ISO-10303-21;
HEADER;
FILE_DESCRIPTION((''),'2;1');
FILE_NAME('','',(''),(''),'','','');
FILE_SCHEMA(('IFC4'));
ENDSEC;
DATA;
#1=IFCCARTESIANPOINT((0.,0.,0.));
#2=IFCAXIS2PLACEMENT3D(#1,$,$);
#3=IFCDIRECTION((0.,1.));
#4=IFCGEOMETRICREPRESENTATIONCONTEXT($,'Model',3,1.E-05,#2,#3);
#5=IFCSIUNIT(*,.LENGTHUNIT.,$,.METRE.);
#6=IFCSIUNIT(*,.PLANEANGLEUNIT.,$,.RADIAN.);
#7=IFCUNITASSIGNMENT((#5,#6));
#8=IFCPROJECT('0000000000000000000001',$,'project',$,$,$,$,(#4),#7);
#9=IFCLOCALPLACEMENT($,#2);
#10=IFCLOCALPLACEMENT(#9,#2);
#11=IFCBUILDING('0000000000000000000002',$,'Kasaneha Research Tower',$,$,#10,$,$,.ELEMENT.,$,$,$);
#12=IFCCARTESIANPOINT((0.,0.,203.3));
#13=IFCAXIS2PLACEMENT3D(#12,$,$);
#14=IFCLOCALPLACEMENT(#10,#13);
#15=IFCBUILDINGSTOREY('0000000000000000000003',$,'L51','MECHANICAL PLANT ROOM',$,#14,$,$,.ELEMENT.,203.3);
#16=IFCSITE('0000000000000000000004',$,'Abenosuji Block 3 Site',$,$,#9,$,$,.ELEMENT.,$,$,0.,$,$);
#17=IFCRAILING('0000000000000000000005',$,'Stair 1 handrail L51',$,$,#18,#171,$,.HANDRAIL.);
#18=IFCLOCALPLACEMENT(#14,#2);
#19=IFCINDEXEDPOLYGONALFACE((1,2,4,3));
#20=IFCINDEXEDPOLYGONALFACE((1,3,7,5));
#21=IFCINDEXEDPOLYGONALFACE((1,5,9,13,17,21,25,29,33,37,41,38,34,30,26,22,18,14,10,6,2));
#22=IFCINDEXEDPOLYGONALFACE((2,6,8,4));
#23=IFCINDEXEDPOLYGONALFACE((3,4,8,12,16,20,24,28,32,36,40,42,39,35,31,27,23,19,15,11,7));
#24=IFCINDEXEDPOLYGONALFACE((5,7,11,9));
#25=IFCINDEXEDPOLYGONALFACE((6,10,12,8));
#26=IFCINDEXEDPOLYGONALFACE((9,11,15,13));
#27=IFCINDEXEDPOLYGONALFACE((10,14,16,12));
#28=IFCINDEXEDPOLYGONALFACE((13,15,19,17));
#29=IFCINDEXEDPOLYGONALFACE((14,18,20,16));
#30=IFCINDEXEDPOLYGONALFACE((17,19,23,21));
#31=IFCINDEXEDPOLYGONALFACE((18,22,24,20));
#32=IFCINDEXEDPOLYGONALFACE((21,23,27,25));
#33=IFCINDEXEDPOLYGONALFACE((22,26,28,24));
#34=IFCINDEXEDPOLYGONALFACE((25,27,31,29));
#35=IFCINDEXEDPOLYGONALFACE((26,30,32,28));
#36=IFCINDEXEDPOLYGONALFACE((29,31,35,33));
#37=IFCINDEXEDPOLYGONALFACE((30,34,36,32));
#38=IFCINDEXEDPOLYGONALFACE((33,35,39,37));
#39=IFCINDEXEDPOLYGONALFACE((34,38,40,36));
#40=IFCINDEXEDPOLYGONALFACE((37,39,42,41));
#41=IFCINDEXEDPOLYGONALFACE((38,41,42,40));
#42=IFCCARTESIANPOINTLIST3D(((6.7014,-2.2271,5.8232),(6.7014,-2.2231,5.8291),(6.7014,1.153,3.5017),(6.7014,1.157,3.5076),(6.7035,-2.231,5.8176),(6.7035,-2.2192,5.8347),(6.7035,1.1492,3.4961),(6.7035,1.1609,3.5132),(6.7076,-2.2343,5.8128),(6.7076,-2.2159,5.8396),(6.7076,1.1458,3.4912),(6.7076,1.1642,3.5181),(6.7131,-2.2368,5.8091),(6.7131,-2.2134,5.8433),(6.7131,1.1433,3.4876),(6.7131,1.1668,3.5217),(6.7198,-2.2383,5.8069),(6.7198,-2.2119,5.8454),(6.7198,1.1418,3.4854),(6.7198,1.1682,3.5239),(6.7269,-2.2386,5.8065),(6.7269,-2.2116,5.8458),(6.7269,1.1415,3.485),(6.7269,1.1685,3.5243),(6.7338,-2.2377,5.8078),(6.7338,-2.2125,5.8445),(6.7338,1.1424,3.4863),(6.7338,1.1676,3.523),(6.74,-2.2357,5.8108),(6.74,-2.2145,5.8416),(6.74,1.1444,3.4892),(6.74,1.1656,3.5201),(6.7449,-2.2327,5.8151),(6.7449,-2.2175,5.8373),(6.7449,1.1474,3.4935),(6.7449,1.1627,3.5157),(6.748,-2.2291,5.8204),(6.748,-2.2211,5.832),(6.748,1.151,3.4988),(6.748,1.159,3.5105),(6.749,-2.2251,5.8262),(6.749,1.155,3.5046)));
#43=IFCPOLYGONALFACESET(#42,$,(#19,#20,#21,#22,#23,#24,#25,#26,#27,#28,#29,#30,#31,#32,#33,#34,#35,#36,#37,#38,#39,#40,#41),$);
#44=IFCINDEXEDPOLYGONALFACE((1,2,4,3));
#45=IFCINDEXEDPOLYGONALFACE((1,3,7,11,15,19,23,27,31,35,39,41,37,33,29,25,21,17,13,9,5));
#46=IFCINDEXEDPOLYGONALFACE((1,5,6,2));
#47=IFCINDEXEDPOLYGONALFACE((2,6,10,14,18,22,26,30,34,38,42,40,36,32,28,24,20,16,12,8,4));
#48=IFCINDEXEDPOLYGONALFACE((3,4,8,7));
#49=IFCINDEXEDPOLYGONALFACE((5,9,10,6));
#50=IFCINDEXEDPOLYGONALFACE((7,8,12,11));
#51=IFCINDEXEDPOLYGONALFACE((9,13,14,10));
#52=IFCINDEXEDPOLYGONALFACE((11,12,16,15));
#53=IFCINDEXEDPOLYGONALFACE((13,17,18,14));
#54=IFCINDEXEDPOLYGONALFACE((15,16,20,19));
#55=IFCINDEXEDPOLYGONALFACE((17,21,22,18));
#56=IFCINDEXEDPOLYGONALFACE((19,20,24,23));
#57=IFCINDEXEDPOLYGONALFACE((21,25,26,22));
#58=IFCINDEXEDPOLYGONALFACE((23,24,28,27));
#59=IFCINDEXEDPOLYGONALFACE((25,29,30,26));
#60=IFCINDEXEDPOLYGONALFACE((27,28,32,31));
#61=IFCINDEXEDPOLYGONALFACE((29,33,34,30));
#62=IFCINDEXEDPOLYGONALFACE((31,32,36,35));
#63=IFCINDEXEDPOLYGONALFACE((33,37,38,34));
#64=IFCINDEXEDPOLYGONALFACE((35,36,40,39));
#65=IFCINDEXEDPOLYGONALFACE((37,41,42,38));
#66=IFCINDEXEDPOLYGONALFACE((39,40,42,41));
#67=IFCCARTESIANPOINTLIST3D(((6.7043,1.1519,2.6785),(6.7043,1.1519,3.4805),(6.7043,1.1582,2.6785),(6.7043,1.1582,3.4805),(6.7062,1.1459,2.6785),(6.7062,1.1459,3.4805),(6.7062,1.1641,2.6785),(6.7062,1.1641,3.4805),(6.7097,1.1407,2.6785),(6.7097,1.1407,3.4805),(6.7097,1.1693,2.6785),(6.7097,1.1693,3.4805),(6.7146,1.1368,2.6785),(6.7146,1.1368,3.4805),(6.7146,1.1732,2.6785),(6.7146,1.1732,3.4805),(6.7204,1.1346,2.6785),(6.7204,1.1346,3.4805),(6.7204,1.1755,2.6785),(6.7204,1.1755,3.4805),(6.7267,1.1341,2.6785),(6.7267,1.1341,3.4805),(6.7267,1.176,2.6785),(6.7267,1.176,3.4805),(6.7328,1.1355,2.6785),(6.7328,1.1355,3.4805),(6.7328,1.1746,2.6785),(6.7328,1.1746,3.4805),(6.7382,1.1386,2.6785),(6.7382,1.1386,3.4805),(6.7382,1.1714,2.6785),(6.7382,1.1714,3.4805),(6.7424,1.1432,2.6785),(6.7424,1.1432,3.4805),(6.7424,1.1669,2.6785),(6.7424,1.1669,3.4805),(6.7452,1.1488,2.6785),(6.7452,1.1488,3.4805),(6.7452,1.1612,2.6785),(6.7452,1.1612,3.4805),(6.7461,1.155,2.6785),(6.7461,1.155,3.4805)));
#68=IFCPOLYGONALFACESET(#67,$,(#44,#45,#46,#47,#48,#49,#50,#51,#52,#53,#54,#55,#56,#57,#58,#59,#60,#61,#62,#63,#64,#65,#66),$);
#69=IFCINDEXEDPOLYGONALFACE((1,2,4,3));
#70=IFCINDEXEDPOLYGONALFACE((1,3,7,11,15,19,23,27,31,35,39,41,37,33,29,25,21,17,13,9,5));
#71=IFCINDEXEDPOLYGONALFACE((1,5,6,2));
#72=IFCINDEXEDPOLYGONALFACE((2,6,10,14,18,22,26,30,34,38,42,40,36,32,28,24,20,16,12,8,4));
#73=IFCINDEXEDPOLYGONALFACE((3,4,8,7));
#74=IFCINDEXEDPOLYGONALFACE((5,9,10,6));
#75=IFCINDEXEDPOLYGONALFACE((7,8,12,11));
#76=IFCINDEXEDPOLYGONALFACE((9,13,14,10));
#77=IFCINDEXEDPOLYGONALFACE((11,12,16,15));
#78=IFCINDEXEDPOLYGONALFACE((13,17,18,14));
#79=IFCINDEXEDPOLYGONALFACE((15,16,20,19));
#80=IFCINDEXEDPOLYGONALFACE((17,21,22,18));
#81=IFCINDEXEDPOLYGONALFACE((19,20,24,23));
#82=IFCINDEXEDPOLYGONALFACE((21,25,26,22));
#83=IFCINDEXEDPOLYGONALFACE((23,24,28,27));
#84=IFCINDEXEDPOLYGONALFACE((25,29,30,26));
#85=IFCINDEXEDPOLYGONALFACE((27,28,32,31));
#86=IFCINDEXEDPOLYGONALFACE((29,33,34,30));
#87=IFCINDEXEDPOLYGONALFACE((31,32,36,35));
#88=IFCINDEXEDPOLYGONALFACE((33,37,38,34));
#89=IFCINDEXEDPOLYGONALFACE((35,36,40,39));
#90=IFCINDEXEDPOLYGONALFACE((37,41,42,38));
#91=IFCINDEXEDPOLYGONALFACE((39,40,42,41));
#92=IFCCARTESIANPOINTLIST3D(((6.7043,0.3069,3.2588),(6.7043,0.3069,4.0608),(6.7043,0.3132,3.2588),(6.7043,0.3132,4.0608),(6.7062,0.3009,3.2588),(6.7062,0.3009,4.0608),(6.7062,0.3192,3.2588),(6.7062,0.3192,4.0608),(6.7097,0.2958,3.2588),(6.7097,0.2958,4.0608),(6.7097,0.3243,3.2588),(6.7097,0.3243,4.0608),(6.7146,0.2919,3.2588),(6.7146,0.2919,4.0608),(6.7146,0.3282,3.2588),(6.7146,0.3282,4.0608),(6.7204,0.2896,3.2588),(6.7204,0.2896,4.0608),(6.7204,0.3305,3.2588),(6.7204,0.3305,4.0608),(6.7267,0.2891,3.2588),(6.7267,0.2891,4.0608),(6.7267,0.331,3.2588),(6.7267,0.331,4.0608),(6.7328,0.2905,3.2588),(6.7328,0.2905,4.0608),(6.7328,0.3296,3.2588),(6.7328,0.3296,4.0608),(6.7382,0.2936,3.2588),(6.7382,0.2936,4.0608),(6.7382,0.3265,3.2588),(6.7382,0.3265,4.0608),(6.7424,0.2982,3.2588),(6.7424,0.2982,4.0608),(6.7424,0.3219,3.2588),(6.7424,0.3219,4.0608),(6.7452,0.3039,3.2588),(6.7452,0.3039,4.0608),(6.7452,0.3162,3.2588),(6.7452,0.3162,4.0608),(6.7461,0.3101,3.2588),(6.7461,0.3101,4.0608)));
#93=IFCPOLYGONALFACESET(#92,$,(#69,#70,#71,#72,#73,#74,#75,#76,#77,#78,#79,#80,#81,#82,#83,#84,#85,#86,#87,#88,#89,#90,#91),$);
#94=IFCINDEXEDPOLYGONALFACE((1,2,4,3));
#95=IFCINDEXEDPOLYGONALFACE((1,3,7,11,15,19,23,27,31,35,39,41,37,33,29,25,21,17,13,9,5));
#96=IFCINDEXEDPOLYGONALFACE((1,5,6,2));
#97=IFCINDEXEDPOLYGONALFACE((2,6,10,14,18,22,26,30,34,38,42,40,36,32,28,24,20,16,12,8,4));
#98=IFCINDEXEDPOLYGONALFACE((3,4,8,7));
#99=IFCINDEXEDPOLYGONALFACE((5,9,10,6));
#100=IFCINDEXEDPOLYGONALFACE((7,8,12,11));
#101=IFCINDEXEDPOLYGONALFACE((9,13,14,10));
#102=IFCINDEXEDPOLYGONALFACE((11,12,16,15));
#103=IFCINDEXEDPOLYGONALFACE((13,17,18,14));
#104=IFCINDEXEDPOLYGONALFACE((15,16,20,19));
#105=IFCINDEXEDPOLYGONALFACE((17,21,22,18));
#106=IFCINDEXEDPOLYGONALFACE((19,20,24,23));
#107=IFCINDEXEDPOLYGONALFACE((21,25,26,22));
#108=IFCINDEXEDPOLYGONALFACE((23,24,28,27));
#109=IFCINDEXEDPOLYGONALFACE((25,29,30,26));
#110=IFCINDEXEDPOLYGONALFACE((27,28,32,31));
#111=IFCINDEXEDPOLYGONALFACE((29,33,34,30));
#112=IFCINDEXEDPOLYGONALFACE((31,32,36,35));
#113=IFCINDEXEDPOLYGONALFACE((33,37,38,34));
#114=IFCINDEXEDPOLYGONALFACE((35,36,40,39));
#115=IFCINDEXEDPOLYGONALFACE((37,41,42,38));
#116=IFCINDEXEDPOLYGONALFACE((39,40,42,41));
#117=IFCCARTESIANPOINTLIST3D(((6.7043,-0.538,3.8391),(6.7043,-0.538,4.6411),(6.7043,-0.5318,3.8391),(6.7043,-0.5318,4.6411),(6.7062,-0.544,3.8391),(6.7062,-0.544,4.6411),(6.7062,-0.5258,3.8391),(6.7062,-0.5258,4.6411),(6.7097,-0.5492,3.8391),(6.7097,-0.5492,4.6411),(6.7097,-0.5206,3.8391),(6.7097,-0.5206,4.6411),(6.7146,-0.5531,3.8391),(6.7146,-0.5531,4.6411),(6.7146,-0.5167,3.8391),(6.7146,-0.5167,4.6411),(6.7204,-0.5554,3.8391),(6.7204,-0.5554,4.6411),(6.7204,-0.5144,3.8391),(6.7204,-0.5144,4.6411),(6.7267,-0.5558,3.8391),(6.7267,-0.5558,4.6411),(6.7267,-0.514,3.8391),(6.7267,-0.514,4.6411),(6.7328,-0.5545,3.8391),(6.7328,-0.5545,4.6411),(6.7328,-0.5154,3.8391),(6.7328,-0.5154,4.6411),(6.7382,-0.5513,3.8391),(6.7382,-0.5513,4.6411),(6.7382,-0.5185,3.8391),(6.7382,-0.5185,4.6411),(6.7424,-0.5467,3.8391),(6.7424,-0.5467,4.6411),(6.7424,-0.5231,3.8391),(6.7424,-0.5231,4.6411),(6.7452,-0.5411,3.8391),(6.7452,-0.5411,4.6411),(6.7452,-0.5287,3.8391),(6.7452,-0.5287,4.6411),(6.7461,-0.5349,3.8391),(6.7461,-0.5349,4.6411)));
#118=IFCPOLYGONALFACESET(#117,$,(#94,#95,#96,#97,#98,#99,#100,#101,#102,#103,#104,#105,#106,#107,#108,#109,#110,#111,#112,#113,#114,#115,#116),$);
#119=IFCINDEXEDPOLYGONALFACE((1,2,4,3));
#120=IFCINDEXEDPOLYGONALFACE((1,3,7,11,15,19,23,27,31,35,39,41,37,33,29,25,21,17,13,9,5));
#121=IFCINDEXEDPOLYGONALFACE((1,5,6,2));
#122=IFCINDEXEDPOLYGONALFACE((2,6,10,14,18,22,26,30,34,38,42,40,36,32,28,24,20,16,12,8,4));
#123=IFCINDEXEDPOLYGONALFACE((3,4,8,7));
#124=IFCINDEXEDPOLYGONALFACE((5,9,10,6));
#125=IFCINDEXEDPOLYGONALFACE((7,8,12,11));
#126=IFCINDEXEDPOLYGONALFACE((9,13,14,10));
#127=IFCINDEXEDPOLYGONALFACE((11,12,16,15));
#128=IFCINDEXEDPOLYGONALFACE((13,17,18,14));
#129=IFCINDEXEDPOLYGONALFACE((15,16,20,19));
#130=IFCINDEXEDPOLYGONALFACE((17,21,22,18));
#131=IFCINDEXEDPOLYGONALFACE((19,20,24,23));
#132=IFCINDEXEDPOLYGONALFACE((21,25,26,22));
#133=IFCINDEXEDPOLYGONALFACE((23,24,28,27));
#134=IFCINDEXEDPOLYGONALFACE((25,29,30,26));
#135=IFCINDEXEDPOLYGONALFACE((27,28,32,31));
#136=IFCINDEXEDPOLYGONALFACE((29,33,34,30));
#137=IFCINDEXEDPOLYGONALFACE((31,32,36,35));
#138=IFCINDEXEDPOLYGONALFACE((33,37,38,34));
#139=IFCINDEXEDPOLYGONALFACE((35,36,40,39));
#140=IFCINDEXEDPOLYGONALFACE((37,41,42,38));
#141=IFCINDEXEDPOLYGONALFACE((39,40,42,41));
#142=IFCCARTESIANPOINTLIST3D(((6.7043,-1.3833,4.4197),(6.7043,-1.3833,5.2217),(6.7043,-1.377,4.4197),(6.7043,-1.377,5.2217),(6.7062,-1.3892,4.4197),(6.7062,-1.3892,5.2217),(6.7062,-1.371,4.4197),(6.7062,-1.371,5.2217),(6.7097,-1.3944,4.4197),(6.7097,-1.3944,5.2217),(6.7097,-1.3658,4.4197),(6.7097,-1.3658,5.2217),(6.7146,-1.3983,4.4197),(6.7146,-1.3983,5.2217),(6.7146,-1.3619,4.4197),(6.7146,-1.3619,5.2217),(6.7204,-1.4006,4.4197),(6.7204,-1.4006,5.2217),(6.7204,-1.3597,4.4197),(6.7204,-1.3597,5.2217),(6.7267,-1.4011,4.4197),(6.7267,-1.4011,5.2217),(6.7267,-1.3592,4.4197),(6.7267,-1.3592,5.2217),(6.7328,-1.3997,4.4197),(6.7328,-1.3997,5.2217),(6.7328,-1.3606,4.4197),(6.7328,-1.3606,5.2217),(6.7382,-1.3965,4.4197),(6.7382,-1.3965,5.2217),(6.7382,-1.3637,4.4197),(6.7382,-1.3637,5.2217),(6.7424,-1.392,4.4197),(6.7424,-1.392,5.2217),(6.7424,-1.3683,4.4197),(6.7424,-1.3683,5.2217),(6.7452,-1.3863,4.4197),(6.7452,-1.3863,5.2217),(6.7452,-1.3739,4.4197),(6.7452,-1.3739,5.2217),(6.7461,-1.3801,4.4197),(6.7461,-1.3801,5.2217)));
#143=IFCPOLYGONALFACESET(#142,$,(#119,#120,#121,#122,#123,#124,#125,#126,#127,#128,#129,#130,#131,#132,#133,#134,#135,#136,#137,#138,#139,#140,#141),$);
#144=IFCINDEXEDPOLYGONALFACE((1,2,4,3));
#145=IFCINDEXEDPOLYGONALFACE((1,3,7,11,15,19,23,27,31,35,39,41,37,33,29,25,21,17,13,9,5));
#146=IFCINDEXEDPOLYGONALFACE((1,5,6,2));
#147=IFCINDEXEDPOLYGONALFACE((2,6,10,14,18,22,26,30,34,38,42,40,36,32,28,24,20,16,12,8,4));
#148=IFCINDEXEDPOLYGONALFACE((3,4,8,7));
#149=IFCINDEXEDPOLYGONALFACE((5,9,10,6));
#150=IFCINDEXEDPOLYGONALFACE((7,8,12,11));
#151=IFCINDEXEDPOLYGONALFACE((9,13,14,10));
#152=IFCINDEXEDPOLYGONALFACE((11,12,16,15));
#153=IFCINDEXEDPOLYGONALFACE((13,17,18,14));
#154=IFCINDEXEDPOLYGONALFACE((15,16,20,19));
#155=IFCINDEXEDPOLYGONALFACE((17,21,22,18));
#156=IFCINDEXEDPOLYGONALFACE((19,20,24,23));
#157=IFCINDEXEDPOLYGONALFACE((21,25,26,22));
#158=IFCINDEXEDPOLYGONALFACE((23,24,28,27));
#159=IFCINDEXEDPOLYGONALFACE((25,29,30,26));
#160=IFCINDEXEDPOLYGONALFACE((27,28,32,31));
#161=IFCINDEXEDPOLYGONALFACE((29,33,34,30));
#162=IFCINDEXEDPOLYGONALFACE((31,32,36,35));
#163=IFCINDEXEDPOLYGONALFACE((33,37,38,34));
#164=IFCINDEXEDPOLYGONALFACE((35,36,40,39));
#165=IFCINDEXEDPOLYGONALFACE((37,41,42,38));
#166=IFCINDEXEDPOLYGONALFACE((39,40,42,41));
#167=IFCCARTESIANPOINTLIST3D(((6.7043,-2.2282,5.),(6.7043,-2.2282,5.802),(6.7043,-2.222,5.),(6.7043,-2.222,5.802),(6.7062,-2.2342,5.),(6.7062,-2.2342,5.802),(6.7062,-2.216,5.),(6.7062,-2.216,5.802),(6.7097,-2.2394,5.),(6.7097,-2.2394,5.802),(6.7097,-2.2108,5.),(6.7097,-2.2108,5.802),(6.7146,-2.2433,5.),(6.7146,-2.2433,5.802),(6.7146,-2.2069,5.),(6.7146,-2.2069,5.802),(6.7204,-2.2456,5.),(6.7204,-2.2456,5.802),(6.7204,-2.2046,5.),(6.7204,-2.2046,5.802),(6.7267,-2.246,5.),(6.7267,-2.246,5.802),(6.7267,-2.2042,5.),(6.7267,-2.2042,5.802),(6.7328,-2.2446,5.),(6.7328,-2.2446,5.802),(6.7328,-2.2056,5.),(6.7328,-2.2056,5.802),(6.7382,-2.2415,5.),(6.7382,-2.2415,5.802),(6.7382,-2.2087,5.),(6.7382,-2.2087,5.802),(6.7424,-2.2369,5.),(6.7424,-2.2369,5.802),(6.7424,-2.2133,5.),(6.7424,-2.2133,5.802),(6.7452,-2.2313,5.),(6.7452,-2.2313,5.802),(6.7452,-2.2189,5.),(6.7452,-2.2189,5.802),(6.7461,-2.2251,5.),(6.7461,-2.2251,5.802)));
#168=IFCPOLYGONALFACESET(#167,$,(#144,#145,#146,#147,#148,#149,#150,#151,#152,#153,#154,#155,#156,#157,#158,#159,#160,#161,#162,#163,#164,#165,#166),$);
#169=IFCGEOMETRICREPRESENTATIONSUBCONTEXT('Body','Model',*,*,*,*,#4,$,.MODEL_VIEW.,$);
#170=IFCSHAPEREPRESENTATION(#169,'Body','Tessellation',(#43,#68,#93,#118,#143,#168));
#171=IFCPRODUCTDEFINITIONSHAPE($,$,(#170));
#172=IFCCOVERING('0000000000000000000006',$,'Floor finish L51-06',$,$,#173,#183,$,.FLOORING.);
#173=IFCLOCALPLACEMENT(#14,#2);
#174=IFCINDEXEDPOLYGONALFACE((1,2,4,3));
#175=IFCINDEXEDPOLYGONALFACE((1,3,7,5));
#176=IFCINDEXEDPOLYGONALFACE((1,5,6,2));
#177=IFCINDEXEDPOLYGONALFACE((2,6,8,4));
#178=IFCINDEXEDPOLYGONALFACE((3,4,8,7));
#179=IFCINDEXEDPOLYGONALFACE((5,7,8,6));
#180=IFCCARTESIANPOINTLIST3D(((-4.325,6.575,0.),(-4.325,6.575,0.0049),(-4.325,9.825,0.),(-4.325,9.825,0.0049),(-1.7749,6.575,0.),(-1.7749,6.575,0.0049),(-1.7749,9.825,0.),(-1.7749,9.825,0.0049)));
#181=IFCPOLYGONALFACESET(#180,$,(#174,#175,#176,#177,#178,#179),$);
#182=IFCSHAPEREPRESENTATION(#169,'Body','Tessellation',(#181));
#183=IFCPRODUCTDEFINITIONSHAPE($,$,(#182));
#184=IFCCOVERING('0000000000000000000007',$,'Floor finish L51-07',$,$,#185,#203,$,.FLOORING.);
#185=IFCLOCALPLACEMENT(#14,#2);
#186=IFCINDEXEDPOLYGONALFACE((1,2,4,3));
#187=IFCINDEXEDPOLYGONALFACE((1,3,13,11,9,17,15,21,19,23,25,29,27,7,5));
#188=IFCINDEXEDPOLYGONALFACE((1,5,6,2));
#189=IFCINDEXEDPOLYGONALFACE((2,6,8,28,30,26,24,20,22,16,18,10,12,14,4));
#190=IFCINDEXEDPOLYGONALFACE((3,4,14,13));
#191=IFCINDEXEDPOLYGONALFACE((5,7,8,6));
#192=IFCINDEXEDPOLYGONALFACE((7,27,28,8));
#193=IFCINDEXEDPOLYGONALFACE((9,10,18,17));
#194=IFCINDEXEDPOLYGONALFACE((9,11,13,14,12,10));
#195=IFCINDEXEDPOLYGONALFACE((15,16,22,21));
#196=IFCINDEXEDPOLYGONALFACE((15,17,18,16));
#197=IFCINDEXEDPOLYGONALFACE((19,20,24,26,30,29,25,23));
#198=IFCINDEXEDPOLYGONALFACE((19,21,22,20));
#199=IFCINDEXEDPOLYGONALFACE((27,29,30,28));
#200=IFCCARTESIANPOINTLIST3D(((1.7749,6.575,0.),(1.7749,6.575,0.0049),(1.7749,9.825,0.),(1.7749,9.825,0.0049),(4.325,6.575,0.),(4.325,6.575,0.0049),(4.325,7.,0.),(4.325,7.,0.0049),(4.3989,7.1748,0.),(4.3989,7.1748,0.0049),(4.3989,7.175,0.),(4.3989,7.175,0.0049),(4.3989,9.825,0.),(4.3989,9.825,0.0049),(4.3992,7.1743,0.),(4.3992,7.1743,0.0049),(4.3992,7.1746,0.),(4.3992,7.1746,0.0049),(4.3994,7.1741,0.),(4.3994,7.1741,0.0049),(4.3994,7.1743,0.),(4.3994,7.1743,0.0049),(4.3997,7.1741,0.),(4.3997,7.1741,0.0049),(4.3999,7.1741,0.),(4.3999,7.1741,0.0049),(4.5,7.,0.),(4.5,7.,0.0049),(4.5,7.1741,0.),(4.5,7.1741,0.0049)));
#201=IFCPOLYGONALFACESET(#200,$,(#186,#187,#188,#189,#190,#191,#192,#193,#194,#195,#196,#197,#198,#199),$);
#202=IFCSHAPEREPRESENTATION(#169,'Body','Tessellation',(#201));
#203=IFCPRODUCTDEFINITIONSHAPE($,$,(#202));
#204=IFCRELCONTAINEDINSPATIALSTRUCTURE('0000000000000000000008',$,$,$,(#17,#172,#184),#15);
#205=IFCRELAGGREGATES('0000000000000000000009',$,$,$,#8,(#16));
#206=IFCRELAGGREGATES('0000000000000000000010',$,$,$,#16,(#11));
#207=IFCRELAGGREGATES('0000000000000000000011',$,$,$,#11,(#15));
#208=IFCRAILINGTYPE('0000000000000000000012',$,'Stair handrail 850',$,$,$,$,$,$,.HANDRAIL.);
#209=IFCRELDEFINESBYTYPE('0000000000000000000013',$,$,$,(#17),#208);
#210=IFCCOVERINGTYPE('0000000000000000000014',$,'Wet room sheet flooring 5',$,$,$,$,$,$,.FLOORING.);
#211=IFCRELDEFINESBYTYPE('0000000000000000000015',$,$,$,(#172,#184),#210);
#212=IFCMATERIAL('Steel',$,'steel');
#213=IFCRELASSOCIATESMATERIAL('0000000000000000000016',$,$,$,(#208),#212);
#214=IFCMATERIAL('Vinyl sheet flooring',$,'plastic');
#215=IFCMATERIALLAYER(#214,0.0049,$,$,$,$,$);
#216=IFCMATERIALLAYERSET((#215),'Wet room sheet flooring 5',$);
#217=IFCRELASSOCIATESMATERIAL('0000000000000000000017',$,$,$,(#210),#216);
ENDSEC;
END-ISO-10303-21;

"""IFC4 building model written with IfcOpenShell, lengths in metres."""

from ifc_helpers import new_model, si_unit, direction, frame, origin, origin_2d, place, context, subcontext, project, spatial, polyline, circle, outline, extrude, material, layer, layer_set, type_object, element, save


model = new_model("IFC4")

# Units and contexts
model_context = context("Model", 3, precision=1e-05, world=origin(), true_north=direction((0.0, 1.0)))
body_context = subcontext(model_context, "Body", "Model", "MODEL_VIEW")
ifc_project = project(units=[si_unit("LENGTHUNIT", "METRE"), si_unit("PLANEANGLEUNIT", "RADIAN")], contexts=[model_context])

# Site, building, storey
site_placement = place(None, origin())
site = spatial("IfcSite", under=ifc_project, at=site_placement, Name="Abenosuji Block 3 Site", CompositionType="ELEMENT", RefElevation=0.0)
building_placement = place(site_placement, origin())
building = spatial("IfcBuilding", under=site, at=building_placement, Name="Kasaneha Research Tower", CompositionType="ELEMENT")
storey_placement = place(building_placement, frame((0.0, 0.0, 203.3)))
storey = spatial("IfcBuildingStorey", under=building, at=storey_placement, Name="L51", Description="MECHANICAL PLANT ROOM", CompositionType="ELEMENT", Elevation=203.3)

# Railing
ifc_material_1 = material(Name="Steel", Category="steel")
railing_type_1 = type_object("IfcRailingType", Name="Stair handrail 850", PredefinedType="HANDRAIL", material=ifc_material_1)
railing_1_placement = place(storey_placement, frame((6.7251, 1.155, 2.6785)))
element("IfcRailing", 1, at=railing_1_placement, inside=storey, type_object=railing_type_1, Name="Stair 1 handrail L51", PredefinedType="HANDRAIL", context=body_context, shape_type="SweptSolid", body=[
    extrude(circle(Radius=0.0239, at=origin_2d()), frame((0.0, 0.0, 0.8262), z_axis=(0.0, -0.824304, 0.566147), x_axis=(1.0, 0.0, 0.0)), (0.0, 0.0, 1.0), 4.1006),
    extrude(circle(Radius=0.021, at=origin_2d()), origin(), (0.0, 0.0, 1.0), 0.802),
    extrude(circle(Radius=0.021, at=origin_2d()), frame((0.0, -0.845, 0.5803)), (0.0, 0.0, 1.0), 0.802),
    extrude(circle(Radius=0.021, at=origin_2d()), frame((0.0, -1.6899, 1.1606)), (0.0, 0.0, 1.0), 0.802),
    extrude(circle(Radius=0.021, at=origin_2d()), frame((0.0, -2.5352, 1.7412)), (0.0, 0.0, 1.0), 0.802),
    extrude(circle(Radius=0.021, at=origin_2d()), frame((0.0, -3.3801, 2.3215)), (0.0, 0.0, 1.0), 0.802),
])

# Coverings
ifc_material_2 = material(Name="Vinyl sheet flooring", Category="plastic")
ifc_layer_1 = layer(ifc_material_2, 0.0049)
ifc_layer_set_1 = layer_set([ifc_layer_1], Name="Wet room sheet flooring 5")
covering_type = type_object("IfcCoveringType", Name="Wet room sheet flooring 5", PredefinedType="FLOORING", material=ifc_layer_set_1)
covering_1_placement = place(storey_placement, origin())
element("IfcCovering", 2, at=covering_1_placement, inside=storey, type_object=covering_type, Name="Floor finish L51-06", PredefinedType="FLOORING", context=body_context, shape_type="SweptSolid", body=[
    extrude(outline(polyline([(-1.7749, 9.825), (-1.7749, 6.575), (-4.325, 6.575), (-4.325, 9.825), (-1.7749, 9.825)])), origin(), (0.0, 0.0, 1.0), 0.0049),
])
covering_2_placement = place(storey_placement, origin())
element("IfcCovering", 3, at=covering_2_placement, inside=storey, type_object=covering_type, Name="Floor finish L51-07", PredefinedType="FLOORING", context=body_context, shape_type="SweptSolid", body=[
    extrude(outline(polyline([(4.3989, 9.825), (4.3989, 7.175), (4.3989, 7.1748), (4.3989, 7.1748), (4.3989, 7.1748), (4.3992, 7.1746), (4.3992, 7.1746), (4.3992, 7.1746), (4.3992, 7.1743), (4.3992, 7.1743), (4.3994, 7.1743), (4.3994, 7.1741), (4.3994, 7.1741), (4.3997, 7.1741), (4.3997, 7.1741), (4.3999, 7.1741), (4.3999, 7.1741), (4.3999, 7.1741), (4.5, 7.1741), (4.5, 7.0), (4.325, 7.0), (4.325, 6.575), (1.7749, 6.575), (1.7749, 9.825), (4.3989, 9.825)])), origin(), (0.0, 0.0, 1.0), 0.0049),
])

save(model, "model.ifc")
